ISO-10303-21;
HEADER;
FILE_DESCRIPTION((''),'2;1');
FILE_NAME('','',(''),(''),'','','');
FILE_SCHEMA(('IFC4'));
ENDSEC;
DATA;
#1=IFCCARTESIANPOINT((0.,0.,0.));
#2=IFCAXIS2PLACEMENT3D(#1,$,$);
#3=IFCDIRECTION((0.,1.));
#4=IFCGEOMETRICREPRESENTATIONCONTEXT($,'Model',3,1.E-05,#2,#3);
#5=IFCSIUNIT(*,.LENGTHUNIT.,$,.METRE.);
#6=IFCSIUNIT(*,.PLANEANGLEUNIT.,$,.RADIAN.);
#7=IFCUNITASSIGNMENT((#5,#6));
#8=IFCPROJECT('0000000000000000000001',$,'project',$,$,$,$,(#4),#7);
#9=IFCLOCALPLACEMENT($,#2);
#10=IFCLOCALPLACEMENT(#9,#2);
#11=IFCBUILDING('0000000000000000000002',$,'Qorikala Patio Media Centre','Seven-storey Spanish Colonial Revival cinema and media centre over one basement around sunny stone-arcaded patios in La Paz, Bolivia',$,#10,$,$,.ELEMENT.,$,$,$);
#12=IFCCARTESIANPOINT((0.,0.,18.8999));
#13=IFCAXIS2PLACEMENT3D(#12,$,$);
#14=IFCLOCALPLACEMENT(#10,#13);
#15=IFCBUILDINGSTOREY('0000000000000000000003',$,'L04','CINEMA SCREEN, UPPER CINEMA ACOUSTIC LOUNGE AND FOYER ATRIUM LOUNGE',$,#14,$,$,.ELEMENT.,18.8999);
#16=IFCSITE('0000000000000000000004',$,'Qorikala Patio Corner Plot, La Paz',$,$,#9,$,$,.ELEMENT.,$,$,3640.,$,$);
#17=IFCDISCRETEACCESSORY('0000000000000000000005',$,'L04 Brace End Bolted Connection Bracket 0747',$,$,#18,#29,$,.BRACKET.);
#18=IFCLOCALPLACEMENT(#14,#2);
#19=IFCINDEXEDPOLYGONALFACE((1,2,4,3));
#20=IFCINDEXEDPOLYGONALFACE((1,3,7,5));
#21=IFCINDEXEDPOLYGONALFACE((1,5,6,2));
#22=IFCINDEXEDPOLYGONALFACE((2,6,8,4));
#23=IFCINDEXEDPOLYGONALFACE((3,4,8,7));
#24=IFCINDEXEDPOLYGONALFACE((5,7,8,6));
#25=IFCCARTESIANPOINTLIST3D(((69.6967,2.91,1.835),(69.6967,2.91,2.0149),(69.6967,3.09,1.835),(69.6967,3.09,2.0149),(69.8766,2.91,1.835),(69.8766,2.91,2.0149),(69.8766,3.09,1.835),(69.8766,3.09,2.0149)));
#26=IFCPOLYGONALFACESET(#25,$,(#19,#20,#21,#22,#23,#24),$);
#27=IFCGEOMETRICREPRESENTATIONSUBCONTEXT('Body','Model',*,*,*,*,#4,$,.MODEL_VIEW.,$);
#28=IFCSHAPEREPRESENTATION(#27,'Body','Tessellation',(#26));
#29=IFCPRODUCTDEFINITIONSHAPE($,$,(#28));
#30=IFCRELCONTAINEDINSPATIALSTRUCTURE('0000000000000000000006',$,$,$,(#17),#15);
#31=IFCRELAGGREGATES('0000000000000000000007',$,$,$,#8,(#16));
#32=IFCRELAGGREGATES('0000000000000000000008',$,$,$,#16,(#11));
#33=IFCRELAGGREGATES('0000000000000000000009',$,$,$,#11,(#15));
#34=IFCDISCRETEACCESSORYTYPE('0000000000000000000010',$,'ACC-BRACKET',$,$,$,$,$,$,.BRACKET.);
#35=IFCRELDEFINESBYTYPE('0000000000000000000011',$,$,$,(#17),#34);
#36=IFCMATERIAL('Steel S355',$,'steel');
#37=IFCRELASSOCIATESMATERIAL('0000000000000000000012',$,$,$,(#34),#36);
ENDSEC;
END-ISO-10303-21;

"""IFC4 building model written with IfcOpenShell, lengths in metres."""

from ifc_helpers import new_model, si_unit, direction, frame, origin, origin_2d, place, context, subcontext, project, spatial, rectangle, extrude, material, type_object, element, save


model = new_model("IFC4")

# Units and contexts
model_context = context("Model", 3, precision=1e-05, world=origin(), true_north=direction((0.0, 1.0)))
body_context = subcontext(model_context, "Body", "Model", "MODEL_VIEW")
ifc_project = project(units=[si_unit("LENGTHUNIT", "METRE"), si_unit("PLANEANGLEUNIT", "RADIAN")], contexts=[model_context])

# Site, building, storey
site_placement = place(None, origin())
site = spatial("IfcSite", under=ifc_project, at=site_placement, Name="Qorikala Patio Corner Plot, La Paz", CompositionType="ELEMENT", RefElevation=3640.0)
building_placement = place(site_placement, origin())
building = spatial("IfcBuilding", under=site, at=building_placement, Name="Qorikala Patio Media Centre", Description="Seven-storey Spanish Colonial Revival cinema and media centre over one basement around sunny stone-arcaded patios in La Paz, Bolivia", CompositionType="ELEMENT")
storey_placement = place(building_placement, frame((0.0, 0.0, 18.8999)))
storey = spatial("IfcBuildingStorey", under=building, at=storey_placement, Name="L04", Description="CINEMA SCREEN, UPPER CINEMA ACOUSTIC LOUNGE AND FOYER ATRIUM LOUNGE", CompositionType="ELEMENT", Elevation=18.8999)

# Discrete accessory
ifc_material_1 = material(Name="Steel S355", Category="steel")
discrete_accessory_type = type_object("IfcDiscreteAccessoryType", Name="ACC-BRACKET", PredefinedType="BRACKET", material=ifc_material_1)
for number, where, z_axis, x_axis, name in (
    (1, (69.7866, 3.0, 1.835), (0.0, 0.0, 1.0), (1.0, 0.0, 0.0), "L04 Brace End Bolted Connection Bracket 0747"),
):
    element("IfcDiscreteAccessory", number, at=place(storey_placement, frame(where, z_axis=z_axis, x_axis=x_axis)), inside=storey, type_object=discrete_accessory_type, Name=name, PredefinedType="BRACKET", context=body_context, shape_type="SweptSolid", body=[
        extrude(rectangle(XDim=0.1799, YDim=0.1799, at=origin_2d()), origin(), (0.0, 0.0, 1.0), 0.1799),
    ])

save(model, "model.ifc")
